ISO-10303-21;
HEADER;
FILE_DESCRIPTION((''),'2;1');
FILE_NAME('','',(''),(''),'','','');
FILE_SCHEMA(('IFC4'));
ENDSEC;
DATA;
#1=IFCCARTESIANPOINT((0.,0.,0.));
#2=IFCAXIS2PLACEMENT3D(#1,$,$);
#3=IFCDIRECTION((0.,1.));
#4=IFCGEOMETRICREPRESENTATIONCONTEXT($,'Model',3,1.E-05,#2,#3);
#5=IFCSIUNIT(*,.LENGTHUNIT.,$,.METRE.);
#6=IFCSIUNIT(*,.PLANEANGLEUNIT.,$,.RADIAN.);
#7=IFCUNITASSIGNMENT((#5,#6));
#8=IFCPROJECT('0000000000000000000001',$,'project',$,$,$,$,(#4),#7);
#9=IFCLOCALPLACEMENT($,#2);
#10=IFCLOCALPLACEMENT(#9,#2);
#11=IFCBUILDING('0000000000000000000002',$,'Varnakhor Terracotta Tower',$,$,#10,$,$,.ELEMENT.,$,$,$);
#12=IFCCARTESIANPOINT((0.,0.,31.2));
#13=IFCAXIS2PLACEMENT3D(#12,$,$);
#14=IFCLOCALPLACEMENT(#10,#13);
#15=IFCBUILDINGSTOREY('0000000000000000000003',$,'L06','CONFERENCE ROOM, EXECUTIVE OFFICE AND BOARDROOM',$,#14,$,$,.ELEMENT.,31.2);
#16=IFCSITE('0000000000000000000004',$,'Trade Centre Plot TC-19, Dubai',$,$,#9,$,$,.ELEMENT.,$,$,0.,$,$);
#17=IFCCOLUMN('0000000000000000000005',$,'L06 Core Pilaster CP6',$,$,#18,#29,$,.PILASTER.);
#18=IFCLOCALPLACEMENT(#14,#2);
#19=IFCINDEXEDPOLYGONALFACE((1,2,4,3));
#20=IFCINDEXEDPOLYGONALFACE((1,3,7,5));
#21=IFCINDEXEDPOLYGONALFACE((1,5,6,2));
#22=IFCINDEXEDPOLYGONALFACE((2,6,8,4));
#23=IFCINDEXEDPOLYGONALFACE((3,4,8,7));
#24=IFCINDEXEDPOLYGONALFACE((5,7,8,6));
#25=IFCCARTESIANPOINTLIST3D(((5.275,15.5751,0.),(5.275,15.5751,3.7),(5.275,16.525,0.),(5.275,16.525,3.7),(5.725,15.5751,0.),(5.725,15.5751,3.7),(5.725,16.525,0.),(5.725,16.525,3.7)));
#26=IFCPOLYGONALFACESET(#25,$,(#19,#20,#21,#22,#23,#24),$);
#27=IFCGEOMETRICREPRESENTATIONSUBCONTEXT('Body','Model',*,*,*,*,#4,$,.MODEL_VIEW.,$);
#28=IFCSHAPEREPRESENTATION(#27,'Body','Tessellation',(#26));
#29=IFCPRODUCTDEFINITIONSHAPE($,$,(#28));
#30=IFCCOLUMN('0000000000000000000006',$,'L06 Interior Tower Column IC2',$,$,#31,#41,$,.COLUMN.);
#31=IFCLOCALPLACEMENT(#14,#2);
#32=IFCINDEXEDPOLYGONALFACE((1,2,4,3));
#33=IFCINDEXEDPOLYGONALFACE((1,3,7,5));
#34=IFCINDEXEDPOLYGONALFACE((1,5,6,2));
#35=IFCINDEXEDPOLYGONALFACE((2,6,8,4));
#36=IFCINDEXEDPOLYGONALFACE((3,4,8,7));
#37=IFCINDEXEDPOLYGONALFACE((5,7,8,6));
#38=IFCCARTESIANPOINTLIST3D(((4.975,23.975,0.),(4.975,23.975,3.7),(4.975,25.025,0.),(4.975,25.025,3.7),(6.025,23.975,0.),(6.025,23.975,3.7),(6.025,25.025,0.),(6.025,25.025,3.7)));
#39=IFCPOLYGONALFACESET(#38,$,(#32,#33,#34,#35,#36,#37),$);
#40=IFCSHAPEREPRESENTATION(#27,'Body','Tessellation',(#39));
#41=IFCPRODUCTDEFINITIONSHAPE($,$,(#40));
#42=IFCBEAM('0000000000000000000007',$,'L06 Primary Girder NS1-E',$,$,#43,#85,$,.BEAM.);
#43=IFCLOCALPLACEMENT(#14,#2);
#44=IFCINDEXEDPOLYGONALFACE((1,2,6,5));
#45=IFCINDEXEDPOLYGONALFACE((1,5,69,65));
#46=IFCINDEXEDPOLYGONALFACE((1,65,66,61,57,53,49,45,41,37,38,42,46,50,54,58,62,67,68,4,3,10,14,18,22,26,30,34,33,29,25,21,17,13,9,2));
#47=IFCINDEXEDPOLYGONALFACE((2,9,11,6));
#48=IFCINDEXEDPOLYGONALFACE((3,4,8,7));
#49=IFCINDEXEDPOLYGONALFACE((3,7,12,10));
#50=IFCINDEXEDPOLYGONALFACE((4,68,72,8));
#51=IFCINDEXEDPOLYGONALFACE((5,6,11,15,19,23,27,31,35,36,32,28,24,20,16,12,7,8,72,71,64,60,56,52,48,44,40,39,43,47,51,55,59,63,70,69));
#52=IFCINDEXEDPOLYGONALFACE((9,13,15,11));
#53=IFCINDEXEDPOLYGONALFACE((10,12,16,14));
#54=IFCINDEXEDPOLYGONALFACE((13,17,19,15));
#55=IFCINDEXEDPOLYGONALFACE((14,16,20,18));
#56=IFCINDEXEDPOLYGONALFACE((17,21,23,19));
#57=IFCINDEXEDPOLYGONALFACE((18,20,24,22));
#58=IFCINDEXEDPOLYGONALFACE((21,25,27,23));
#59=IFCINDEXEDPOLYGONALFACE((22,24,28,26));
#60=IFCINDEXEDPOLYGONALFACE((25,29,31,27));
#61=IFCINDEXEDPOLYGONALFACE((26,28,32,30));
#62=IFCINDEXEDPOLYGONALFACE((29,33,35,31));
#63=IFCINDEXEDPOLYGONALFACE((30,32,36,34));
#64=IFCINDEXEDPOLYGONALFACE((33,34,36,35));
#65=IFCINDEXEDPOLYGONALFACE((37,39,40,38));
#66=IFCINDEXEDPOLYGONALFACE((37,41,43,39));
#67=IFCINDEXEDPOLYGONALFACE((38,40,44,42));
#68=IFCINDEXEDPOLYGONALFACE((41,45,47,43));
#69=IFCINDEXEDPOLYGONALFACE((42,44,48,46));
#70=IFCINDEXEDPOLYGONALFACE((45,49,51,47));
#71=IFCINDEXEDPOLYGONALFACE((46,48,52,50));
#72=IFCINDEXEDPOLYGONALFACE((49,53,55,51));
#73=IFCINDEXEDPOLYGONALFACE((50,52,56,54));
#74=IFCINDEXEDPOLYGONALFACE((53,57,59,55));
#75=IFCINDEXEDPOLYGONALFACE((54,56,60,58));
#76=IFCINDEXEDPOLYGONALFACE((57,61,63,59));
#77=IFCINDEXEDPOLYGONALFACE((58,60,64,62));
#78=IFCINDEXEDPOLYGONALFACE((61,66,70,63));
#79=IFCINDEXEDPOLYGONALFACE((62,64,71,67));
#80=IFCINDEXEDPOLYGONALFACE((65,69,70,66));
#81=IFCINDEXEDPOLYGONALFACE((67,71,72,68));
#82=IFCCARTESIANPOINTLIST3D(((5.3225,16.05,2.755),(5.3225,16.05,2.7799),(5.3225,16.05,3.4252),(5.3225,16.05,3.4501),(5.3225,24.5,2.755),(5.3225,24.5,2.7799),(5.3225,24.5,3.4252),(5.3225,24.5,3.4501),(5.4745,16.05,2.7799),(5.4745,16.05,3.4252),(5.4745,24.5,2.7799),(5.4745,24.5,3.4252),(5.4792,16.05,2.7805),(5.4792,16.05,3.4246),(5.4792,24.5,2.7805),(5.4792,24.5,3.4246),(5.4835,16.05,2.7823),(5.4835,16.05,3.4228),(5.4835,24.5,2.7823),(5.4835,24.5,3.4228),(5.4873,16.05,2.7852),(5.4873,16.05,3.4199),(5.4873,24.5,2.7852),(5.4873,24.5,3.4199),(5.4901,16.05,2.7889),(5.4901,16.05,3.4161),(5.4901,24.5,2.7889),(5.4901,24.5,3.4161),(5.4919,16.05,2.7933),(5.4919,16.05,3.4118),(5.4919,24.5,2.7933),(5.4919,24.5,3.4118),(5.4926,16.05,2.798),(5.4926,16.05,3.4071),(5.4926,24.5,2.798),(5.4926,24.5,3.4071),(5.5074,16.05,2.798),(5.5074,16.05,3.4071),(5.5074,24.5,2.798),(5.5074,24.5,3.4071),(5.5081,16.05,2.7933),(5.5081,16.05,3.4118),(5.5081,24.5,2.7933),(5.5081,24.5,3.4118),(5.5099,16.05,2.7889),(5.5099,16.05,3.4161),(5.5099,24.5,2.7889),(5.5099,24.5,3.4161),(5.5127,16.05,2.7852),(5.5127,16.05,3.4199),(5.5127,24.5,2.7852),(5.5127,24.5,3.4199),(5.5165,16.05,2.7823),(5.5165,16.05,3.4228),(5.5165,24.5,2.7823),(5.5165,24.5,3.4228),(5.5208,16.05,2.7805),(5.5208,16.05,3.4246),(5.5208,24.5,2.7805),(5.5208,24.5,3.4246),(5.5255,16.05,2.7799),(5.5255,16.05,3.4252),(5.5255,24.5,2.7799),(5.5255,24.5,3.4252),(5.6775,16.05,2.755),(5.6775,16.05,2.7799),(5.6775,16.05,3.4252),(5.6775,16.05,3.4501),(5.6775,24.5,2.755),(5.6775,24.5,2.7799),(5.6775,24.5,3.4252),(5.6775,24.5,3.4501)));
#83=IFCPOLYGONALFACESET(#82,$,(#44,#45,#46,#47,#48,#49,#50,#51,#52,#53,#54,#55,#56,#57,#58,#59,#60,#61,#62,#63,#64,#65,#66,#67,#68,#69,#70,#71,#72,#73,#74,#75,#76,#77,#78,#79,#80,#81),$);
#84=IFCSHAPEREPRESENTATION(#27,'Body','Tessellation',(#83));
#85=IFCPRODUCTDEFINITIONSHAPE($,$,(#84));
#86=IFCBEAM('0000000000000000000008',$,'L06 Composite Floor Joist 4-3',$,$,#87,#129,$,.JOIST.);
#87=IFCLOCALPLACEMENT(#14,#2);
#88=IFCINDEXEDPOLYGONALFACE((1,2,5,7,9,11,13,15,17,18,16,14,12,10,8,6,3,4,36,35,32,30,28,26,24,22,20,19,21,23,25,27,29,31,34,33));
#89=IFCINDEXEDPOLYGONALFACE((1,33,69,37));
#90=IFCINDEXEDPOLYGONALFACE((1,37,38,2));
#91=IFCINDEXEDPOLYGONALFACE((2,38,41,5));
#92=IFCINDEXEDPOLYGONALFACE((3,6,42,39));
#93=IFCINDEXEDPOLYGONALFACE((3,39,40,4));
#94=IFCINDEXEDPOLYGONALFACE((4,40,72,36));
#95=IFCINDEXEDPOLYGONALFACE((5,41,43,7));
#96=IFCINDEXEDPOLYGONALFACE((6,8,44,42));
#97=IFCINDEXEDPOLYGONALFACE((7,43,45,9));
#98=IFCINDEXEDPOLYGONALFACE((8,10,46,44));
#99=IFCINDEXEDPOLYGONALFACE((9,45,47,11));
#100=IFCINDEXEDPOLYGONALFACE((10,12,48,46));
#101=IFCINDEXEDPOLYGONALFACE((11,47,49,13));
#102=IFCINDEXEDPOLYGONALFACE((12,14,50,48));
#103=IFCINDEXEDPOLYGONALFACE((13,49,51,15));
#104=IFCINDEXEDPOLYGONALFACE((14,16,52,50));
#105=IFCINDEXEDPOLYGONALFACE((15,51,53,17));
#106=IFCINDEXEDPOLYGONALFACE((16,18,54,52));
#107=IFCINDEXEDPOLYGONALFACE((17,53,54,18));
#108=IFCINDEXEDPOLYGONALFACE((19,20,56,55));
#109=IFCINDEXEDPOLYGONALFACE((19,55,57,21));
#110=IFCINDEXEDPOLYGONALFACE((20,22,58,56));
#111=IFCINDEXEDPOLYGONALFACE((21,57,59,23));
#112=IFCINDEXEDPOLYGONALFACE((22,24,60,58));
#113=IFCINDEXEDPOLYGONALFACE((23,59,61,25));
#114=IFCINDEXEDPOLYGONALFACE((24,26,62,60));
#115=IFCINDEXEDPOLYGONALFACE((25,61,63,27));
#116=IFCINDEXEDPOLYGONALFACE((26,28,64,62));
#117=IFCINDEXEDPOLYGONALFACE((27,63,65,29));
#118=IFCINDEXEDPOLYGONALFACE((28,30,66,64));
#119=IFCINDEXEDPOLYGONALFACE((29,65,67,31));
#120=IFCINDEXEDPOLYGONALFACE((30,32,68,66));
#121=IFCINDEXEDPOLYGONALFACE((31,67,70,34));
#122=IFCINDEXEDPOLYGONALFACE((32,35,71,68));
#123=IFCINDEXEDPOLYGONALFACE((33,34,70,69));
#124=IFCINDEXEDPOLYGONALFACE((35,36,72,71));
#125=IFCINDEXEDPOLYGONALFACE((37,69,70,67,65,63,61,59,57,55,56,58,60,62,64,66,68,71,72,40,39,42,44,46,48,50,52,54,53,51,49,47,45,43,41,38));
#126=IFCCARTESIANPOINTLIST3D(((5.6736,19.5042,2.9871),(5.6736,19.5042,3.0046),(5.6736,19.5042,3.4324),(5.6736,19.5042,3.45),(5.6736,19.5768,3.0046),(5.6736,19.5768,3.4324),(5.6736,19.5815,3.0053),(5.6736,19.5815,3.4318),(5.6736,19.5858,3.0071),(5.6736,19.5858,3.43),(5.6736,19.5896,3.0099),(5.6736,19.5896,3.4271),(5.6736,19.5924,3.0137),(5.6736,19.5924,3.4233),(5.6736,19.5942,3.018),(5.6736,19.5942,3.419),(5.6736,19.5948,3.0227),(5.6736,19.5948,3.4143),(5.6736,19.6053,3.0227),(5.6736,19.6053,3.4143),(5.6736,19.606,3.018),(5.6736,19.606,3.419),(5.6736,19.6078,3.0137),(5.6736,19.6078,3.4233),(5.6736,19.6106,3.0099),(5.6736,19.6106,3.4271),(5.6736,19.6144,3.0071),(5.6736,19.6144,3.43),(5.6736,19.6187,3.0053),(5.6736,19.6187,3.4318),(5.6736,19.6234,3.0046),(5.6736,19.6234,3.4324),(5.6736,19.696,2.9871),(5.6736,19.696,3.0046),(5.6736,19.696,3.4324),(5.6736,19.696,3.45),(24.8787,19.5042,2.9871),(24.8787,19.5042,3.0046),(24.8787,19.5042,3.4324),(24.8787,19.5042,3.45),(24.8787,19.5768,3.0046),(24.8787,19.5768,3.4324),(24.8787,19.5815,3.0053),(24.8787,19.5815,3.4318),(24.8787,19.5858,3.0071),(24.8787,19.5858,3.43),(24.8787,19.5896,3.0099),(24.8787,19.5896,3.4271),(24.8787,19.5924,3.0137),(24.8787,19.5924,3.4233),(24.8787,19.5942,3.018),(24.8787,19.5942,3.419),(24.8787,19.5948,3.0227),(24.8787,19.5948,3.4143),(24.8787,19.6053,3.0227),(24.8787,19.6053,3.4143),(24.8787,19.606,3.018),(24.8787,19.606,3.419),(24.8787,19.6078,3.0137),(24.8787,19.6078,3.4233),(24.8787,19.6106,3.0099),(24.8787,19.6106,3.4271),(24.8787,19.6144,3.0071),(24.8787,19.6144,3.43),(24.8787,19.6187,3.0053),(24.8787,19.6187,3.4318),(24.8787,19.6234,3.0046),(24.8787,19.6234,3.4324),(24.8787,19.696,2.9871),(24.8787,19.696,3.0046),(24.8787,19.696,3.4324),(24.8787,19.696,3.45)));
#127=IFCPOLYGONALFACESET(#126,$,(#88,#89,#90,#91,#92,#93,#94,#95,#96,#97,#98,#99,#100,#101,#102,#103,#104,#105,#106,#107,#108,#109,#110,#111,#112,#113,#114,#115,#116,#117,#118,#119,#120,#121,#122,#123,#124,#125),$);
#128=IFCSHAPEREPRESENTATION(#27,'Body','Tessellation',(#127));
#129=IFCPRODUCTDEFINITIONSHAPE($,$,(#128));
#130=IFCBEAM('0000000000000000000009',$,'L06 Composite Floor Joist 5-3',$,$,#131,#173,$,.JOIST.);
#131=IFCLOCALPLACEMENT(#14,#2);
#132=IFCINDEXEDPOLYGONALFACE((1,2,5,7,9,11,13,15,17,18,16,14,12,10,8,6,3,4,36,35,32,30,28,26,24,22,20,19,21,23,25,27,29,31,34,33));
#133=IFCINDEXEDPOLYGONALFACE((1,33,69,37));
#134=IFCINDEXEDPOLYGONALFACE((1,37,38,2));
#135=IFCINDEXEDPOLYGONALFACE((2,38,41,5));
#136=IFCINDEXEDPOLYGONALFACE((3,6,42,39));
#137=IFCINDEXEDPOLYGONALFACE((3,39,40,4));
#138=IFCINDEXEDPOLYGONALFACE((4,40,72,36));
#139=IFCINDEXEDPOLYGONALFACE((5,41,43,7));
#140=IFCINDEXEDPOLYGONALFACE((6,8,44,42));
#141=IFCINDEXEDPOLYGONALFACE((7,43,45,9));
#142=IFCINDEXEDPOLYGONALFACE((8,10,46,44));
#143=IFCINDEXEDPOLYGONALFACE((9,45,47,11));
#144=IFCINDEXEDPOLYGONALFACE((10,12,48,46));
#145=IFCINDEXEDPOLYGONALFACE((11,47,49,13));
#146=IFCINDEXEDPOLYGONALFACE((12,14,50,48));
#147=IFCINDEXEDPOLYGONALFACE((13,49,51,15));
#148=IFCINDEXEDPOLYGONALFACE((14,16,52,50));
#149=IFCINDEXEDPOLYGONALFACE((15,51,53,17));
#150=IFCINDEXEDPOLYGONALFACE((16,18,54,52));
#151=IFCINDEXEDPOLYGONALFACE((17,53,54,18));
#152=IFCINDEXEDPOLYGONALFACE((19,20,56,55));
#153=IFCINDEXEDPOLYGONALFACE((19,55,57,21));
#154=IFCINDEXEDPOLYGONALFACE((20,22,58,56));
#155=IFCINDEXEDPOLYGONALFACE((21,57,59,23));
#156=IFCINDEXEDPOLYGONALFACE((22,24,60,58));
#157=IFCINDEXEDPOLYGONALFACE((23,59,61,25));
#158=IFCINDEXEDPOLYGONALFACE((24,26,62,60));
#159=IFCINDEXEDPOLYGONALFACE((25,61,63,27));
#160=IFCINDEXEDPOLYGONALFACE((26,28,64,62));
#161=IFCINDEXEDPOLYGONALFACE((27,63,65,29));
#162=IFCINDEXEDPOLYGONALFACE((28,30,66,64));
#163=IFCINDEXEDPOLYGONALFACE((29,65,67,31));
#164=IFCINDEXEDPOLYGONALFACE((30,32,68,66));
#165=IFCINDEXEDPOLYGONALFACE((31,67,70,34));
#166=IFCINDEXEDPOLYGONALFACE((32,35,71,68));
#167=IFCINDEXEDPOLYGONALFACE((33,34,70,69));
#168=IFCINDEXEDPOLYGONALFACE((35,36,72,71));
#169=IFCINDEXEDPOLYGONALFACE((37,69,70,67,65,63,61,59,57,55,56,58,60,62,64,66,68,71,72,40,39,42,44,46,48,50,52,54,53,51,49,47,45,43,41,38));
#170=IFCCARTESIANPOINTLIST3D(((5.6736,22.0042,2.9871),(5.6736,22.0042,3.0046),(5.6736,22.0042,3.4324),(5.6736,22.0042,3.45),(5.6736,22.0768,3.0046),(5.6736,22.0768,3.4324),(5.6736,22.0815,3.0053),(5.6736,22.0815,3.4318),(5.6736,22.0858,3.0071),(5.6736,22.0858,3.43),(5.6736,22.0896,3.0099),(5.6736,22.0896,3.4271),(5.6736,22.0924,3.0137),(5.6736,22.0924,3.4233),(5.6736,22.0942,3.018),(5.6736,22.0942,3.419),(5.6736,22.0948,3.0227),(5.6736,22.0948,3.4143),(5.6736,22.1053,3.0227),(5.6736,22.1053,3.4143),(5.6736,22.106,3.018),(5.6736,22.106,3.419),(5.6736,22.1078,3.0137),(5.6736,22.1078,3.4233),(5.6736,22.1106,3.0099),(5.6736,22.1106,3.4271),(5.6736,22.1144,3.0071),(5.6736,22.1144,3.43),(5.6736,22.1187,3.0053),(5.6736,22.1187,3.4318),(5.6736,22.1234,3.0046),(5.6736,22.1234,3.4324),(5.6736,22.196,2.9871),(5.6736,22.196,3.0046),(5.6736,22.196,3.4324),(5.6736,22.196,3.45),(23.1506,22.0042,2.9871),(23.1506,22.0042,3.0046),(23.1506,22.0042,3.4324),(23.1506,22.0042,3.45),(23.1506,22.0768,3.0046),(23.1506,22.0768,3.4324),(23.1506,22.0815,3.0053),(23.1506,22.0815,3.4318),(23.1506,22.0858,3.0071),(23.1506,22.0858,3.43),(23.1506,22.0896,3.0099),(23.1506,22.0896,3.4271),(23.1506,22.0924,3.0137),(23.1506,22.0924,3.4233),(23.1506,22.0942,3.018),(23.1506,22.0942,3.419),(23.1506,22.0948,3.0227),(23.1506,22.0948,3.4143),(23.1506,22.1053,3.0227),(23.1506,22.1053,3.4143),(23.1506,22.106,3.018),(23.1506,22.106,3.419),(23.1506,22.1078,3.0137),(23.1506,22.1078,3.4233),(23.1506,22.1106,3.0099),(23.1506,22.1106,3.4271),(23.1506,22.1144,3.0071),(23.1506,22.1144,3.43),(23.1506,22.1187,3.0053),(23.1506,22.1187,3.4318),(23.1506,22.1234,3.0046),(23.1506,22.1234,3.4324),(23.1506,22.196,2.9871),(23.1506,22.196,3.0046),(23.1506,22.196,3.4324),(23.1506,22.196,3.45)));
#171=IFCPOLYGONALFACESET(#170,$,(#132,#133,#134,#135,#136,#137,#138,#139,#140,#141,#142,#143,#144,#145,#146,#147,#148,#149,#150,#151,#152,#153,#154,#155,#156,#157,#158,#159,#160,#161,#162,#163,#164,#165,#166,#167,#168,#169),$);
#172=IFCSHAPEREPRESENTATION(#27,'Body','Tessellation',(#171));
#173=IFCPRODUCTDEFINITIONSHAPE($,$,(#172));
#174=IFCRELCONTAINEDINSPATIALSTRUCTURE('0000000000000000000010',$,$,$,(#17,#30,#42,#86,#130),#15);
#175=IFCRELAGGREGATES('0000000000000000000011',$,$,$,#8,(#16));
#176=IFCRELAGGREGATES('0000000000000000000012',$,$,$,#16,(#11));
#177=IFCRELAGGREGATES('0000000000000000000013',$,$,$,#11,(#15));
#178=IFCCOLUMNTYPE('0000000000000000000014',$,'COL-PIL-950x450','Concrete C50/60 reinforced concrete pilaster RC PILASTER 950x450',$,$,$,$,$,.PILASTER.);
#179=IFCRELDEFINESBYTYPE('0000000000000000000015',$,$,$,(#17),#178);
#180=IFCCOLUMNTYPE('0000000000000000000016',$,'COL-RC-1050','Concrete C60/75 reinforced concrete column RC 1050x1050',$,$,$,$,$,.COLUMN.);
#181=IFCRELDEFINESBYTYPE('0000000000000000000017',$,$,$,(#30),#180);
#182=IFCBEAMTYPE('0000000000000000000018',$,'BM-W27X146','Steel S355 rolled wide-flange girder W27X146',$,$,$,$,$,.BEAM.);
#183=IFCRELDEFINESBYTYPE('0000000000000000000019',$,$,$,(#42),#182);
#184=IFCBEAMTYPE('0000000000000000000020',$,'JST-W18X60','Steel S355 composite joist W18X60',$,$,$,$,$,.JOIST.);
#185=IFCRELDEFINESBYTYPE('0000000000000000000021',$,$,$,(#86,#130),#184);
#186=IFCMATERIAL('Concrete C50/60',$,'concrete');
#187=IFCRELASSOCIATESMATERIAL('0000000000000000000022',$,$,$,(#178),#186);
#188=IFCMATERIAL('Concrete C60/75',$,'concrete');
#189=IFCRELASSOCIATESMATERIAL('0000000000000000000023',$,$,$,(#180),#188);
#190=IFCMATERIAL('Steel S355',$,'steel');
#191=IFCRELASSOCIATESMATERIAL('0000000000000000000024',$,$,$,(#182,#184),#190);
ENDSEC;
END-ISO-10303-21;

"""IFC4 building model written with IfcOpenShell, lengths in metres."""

from ifc_helpers import new_model, si_unit, direction, frame, origin, origin_2d, place, context, subcontext, project, spatial, rectangle, i_section, extrude, source, transform, mapped, material, material_profile, profile_set, type_object, type_shapes, element, save


model = new_model("IFC4")

# Units and contexts
model_context = context("Model", 3, precision=1e-05, world=origin(), true_north=direction((0.0, 1.0)))
body_context = subcontext(model_context, "Body", "Model", "MODEL_VIEW")
ifc_project = project(units=[si_unit("LENGTHUNIT", "METRE"), si_unit("PLANEANGLEUNIT", "RADIAN")], contexts=[model_context])

# Site, building, storey
site_placement = place(None, origin())
site = spatial("IfcSite", under=ifc_project, at=site_placement, Name="Trade Centre Plot TC-19, Dubai", CompositionType="ELEMENT", RefElevation=0.0)
building_placement = place(site_placement, origin())
building = spatial("IfcBuilding", under=site, at=building_placement, Name="Varnakhor Terracotta Tower", CompositionType="ELEMENT")
storey_placement = place(building_placement, frame((0.0, 0.0, 31.2)))
storey = spatial("IfcBuildingStorey", under=building, at=storey_placement, Name="L06", Description="CONFERENCE ROOM, EXECUTIVE OFFICE AND BOARDROOM", CompositionType="ELEMENT", Elevation=31.2)

# Columns
ifc_material_1 = material(Name="Concrete C50/60", Category="concrete")
ifc_material_profile_1 = material_profile(ifc_material_1, rectangle(XDim=0.45, YDim=0.95, at=origin_2d()), Name="RC PILASTER 950x450")
ifc_profile_set_1 = profile_set([ifc_material_profile_1], Name="Concrete C50/60")
column_type_1 = type_object("IfcColumnType", Name="COL-PIL-950x450", Description="Concrete C50/60 reinforced concrete pilaster RC PILASTER 950x450", PredefinedType="PILASTER", material=ifc_profile_set_1)
shared_shape_1 = source(origin(), body_context, "Body", "SweptSolid", [
    extrude(rectangle(XDim=0.45, YDim=0.95, at=origin_2d()), origin(), (0.0, 0.0, 1.0), 3.7),
])
column_1_placement = place(storey_placement, frame((5.5, 16.05, 0.0), z_axis=(0.0, 0.0, 1.0), x_axis=(1.0, 0.0, 0.0)))
element("IfcColumn", 1, at=column_1_placement, inside=storey, type_object=column_type_1, Name="L06 Core Pilaster CP6", PredefinedType="PILASTER", context=body_context, shape_type="MappedRepresentation", body=[
    mapped(shared_shape_1, transform((0.0, 0.0, 0.0), scale=1.0)),
])
ifc_material_2 = material(Name="Concrete C60/75", Category="concrete")
ifc_material_profile_2 = material_profile(ifc_material_2, rectangle(XDim=1.05, YDim=1.05, at=origin_2d()), Name="RC 1050x1050")
ifc_profile_set_2 = profile_set([ifc_material_profile_2], Name="Concrete C60/75")
column_type_2 = type_object("IfcColumnType", Name="COL-RC-1050", Description="Concrete C60/75 reinforced concrete column RC 1050x1050", PredefinedType="COLUMN", material=ifc_profile_set_2)
shared_shape_2 = source(origin(), body_context, "Body", "SweptSolid", [
    extrude(rectangle(XDim=1.05, YDim=1.05, at=origin_2d()), origin(), (0.0, 0.0, 1.0), 3.7),
])
column_2_placement = place(storey_placement, frame((5.5, 24.5, 0.0), z_axis=(0.0, 0.0, 1.0), x_axis=(1.0, 0.0, 0.0)))
element("IfcColumn", 2, at=column_2_placement, inside=storey, type_object=column_type_2, Name="L06 Interior Tower Column IC2", PredefinedType="COLUMN", context=body_context, shape_type="MappedRepresentation", body=[
    mapped(shared_shape_2, transform((0.0, 0.0, 0.0), scale=1.0)),
])

# Beams
ifc_material_3 = material(Name="Steel S355", Category="steel")
ifc_material_profile_3 = material_profile(ifc_material_3, i_section(OverallWidth=0.355, OverallDepth=0.6951, WebThickness=0.0149, FlangeThickness=0.0249, FilletRadius=0.0181, at=origin_2d()), Name="W27X146")
ifc_profile_set_3 = profile_set([ifc_material_profile_3], Name="Steel S355")
beam_type_1 = type_object("IfcBeamType", Name="BM-W27X146", Description="Steel S355 rolled wide-flange girder W27X146", PredefinedType="BEAM", material=ifc_profile_set_3)
shared_shape_3 = source(origin(), body_context, "Body", "SweptSolid", [
    extrude(i_section(OverallWidth=0.355, OverallDepth=0.6951, WebThickness=0.0149, FlangeThickness=0.0249, FilletRadius=0.0181, at=origin_2d()), origin(), (0.0, 0.0, 1.0), 8.45),
])
type_shapes(beam_type_1, [shared_shape_3])
beam_1_placement = place(storey_placement, frame((5.5, 16.05, 3.1025), z_axis=(0.0, 1.0, 0.0), x_axis=(-1.0, 0.0, 0.0)))
element("IfcBeam", 3, at=beam_1_placement, inside=storey, type_object=beam_type_1, Name="L06 Primary Girder NS1-E", PredefinedType="BEAM", context=body_context, shape_type="MappedRepresentation", body=[
    mapped(shared_shape_3, transform((0.0, 0.0, 0.0), scale=1.0)),
])
ifc_material_profile_4 = material_profile(ifc_material_3, i_section(OverallWidth=0.1919, OverallDepth=0.4629, WebThickness=0.0105, FlangeThickness=0.0176, FilletRadius=0.0181, at=origin_2d()), Name="W18X60")
ifc_profile_set_4 = profile_set([ifc_material_profile_4], Name="Steel S355")
beam_type_2 = type_object("IfcBeamType", Name="JST-W18X60", Description="Steel S355 composite joist W18X60", PredefinedType="JOIST", material=ifc_profile_set_4)
shared_shape_4 = source(origin(), body_context, "Body", "SweptSolid", [
    extrude(i_section(OverallWidth=0.1919, OverallDepth=0.4629, WebThickness=0.0105, FlangeThickness=0.0176, FilletRadius=0.0181, at=origin_2d()), origin(), (0.0, 0.0, 1.0), 19.2051),
])
beam_2_placement = place(storey_placement, frame((5.6736, 19.6001, 3.2185), z_axis=(1.0, 0.0, 0.0), x_axis=(0.0, 1.0, 0.0)))
element("IfcBeam", 4, at=beam_2_placement, inside=storey, type_object=beam_type_2, Name="L06 Composite Floor Joist 4-3", PredefinedType="JOIST", context=body_context, shape_type="MappedRepresentation", body=[
    mapped(shared_shape_4, transform((0.0, 0.0, 0.0), scale=1.0)),
])
shared_shape_5 = source(origin(), body_context, "Body", "SweptSolid", [
    extrude(i_section(OverallWidth=0.1919, OverallDepth=0.4629, WebThickness=0.0105, FlangeThickness=0.0176, FilletRadius=0.0181, at=origin_2d()), origin(), (0.0, 0.0, 1.0), 17.4771),
])
beam_3_placement = place(storey_placement, frame((5.6736, 22.1001, 3.2185), z_axis=(1.0, 0.0, 0.0), x_axis=(0.0, 1.0, 0.0)))
element("IfcBeam", 5, at=beam_3_placement, inside=storey, type_object=beam_type_2, Name="L06 Composite Floor Joist 5-3", PredefinedType="JOIST", context=body_context, shape_type="MappedRepresentation", body=[
    mapped(shared_shape_5, transform((0.0, 0.0, 0.0), scale=1.0)),
])

save(model, "model.ifc")
